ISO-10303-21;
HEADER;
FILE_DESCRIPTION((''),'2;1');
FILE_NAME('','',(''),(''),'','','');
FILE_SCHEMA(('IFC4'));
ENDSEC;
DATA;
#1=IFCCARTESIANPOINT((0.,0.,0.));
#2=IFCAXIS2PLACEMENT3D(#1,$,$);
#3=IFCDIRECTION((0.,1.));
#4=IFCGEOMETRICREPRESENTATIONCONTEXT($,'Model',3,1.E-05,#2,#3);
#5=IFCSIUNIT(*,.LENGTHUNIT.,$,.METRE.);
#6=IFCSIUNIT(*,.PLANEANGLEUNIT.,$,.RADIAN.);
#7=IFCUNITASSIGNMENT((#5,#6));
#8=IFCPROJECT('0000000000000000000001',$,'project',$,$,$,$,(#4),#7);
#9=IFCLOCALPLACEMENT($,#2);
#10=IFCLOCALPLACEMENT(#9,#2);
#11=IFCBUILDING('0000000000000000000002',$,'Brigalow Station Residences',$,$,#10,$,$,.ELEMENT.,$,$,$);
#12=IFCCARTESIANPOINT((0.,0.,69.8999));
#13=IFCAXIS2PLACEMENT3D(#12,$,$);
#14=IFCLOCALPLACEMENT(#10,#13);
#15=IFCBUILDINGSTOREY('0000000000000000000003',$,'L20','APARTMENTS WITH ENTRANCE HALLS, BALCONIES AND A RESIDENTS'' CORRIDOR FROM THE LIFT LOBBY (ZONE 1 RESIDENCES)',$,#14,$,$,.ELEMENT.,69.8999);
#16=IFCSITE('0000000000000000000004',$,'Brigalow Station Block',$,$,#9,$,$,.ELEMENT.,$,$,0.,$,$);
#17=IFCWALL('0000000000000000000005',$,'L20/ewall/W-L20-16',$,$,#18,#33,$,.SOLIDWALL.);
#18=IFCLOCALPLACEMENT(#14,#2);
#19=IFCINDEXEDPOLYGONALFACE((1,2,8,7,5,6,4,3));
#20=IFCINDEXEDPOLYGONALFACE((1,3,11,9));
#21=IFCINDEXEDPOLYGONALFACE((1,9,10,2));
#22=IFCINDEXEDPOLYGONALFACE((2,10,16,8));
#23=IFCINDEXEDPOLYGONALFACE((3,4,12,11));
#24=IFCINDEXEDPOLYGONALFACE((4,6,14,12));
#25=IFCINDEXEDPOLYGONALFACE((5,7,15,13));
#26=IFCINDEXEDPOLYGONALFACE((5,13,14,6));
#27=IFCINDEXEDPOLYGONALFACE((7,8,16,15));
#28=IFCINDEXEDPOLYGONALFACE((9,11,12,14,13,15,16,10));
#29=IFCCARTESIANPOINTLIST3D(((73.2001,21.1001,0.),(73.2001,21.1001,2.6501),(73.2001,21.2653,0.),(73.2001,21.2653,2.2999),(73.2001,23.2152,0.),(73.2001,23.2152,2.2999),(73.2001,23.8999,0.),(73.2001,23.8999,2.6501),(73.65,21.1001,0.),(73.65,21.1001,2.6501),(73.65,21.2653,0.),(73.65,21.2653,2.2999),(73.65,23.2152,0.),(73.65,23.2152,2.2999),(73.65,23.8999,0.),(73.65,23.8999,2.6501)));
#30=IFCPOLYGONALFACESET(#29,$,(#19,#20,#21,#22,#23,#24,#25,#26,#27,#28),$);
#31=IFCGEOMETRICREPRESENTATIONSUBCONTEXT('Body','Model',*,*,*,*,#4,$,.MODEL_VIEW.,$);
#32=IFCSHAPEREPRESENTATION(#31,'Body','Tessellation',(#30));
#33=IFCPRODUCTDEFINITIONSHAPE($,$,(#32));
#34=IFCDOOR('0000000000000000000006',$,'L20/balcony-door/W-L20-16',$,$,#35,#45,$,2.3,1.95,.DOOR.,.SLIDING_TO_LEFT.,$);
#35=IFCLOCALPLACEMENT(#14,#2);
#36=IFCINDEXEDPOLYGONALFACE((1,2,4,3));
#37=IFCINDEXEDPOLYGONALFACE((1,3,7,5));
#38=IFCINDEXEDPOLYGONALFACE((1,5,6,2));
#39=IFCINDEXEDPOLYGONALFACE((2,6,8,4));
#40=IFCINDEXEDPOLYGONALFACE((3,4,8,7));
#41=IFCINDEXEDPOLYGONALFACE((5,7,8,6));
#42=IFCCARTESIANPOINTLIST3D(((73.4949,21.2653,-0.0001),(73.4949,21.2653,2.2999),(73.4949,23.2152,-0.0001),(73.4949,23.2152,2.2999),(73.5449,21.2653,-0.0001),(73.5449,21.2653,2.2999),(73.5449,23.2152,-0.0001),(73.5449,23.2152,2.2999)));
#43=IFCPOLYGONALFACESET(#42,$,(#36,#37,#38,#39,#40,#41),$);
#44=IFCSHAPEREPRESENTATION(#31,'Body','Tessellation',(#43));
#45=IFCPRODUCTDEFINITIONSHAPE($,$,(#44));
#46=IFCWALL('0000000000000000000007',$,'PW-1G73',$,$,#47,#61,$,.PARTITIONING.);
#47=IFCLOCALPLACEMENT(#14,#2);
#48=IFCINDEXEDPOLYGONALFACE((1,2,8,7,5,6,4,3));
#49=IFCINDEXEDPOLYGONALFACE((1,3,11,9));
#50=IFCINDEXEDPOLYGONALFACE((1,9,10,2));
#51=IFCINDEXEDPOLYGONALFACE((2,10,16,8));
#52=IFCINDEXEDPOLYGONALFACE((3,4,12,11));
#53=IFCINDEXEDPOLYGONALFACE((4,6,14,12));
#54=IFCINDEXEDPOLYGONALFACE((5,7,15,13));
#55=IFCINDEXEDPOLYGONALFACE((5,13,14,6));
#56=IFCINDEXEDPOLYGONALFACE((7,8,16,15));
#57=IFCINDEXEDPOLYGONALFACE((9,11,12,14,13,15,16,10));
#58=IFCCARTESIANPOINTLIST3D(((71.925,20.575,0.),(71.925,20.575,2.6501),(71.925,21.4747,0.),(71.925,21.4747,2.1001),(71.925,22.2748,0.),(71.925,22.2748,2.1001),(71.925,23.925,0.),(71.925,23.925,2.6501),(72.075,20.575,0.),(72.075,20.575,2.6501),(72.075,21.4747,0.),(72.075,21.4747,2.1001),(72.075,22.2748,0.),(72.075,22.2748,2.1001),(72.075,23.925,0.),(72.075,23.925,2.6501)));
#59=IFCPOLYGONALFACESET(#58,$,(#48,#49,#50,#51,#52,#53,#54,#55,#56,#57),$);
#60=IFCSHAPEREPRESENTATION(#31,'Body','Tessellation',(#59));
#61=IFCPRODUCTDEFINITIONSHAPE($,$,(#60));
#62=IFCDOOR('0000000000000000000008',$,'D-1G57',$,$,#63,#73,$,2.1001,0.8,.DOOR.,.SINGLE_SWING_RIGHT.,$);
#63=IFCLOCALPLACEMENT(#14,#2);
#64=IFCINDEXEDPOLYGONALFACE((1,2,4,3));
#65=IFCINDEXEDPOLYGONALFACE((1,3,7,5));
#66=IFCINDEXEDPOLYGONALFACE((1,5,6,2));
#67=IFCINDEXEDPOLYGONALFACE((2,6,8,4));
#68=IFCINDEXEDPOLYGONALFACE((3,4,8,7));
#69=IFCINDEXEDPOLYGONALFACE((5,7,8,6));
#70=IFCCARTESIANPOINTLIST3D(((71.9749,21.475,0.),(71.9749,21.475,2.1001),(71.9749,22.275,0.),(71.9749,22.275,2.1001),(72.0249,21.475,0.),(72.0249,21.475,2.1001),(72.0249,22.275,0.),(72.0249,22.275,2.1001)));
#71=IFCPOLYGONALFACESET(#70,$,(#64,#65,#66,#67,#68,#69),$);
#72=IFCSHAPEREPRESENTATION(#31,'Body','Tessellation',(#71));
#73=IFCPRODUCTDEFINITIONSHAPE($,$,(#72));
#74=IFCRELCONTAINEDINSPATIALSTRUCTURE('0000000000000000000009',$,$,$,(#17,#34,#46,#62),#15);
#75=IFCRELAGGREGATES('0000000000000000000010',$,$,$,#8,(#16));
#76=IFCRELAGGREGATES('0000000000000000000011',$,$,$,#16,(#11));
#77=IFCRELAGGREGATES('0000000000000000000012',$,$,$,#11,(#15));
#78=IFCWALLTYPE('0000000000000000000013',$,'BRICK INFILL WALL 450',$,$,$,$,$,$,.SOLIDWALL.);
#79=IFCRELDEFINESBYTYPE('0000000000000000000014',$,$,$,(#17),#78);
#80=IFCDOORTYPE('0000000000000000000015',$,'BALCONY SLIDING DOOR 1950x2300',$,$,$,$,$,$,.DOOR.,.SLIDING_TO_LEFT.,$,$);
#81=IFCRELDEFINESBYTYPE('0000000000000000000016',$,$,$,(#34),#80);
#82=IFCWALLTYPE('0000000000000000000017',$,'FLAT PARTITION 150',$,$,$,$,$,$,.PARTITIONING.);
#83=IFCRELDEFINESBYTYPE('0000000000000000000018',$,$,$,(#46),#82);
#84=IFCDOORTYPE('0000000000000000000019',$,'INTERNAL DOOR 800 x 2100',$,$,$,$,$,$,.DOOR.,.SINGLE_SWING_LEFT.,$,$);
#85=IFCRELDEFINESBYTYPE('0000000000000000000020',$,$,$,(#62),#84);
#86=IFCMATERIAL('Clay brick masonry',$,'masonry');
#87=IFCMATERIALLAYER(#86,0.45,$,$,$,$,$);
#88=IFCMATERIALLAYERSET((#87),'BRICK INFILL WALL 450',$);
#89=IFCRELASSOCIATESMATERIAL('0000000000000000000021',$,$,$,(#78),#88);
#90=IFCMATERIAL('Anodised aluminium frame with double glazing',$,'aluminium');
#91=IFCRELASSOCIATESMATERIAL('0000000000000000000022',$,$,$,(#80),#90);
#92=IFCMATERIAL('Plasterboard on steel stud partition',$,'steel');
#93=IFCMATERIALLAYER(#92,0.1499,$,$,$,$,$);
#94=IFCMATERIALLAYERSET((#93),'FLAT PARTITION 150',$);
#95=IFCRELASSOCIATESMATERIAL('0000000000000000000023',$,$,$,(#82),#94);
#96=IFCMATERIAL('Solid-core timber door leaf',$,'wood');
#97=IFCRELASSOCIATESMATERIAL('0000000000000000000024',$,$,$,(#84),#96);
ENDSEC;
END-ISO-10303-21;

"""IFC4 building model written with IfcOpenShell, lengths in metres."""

from ifc_helpers import new_model, si_unit, direction, frame, frame_2d, origin, place, context, subcontext, project, spatial, rectangle, extrude, material, layer, layer_set, type_object, element, fill, save


model = new_model("IFC4")

# Units and contexts
model_context = context("Model", 3, precision=1e-05, world=origin(), true_north=direction((0.0, 1.0)))
body_context = subcontext(model_context, "Body", "Model", "MODEL_VIEW")
ifc_project = project(units=[si_unit("LENGTHUNIT", "METRE"), si_unit("PLANEANGLEUNIT", "RADIAN")], contexts=[model_context])

# Site, building, storey
site_placement = place(None, origin())
site = spatial("IfcSite", under=ifc_project, at=site_placement, Name="Brigalow Station Block", CompositionType="ELEMENT", RefElevation=0.0)
building_placement = place(site_placement, origin())
building = spatial("IfcBuilding", under=site, at=building_placement, Name="Brigalow Station Residences", CompositionType="ELEMENT")
storey_placement = place(building_placement, frame((0.0, 0.0, 69.8999)))
storey = spatial("IfcBuildingStorey", under=building, at=storey_placement, Name="L20", Description="APARTMENTS WITH ENTRANCE HALLS, BALCONIES AND A RESIDENTS' CORRIDOR FROM THE LIFT LOBBY (ZONE 1 RESIDENCES)", CompositionType="ELEMENT", Elevation=69.8999)

# Shared definitions
ifc_material_1 = material(Name="Clay brick masonry", Category="masonry")
ifc_layer_1 = layer(ifc_material_1, 0.45)
ifc_layer_set_1 = layer_set([ifc_layer_1], Name="BRICK INFILL WALL 450")
wall_type_1 = type_object("IfcWallType", Name="BRICK INFILL WALL 450", PredefinedType="SOLIDWALL", material=ifc_layer_set_1)

# Walls, openings, doors
wall_1_placement = place(storey_placement, frame((73.425, 21.1001, 0.0), z_axis=(0.0, 0.0, 1.0), x_axis=(0.0, 1.0, 0.0)))
wall_1 = element("IfcWall", 1, at=wall_1_placement, inside=storey, type_object=wall_type_1, Name="L20/ewall/W-L20-16", PredefinedType="SOLIDWALL", context=body_context, shape_type="SweptSolid", body=[
    extrude(rectangle(XDim=2.7998, YDim=0.45, at=frame_2d((1.3999, 0.0))), origin(), (0.0, 0.0, 1.0), 2.6501),
])
opening_1_placement = place(wall_1_placement, frame((0.165, 0.0, 0.0)))
opening_1 = element("IfcOpeningElement", 2, at=opening_1_placement, cuts=wall_1, PredefinedType="OPENING", context=body_context, shape_type="SweptSolid", body=[
    extrude(rectangle(XDim=1.95, YDim=2.3, at=frame_2d((0.9751, 1.1499))), frame((0.0, 0.2349, 0.0), z_axis=(0.0, -1.0, 0.0), x_axis=(1.0, 0.0, 0.0)), (0.0, 0.0, 1.0), 0.47),
])
ifc_material_2 = material(Name="Anodised aluminium frame with double glazing", Category="aluminium")
door_type_1 = type_object("IfcDoorType", Name="BALCONY SLIDING DOOR 1950x2300", OperationType="SLIDING_TO_LEFT", PredefinedType="DOOR", material=ifc_material_2)
door_1_placement = place(opening_1_placement, origin())
door_1 = element("IfcDoor", 3, at=door_1_placement, inside=storey, type_object=door_type_1, Name="L20/balcony-door/W-L20-16", OperationType="SLIDING_TO_LEFT", OverallHeight=2.3, OverallWidth=1.95, PredefinedType="DOOR", context=body_context, shape_type="SweptSolid", body=[
    extrude(rectangle(XDim=1.95, YDim=2.3, at=frame_2d((0.9751, 1.1499))), frame((0.0, -0.0698, 0.0), z_axis=(0.0, -1.0, 0.0), x_axis=(1.0, 0.0, 0.0)), (0.0, 0.0, 1.0), 0.05),
])
fill(opening_1, door_1)
ifc_material_3 = material(Name="Plasterboard on steel stud partition", Category="steel")
ifc_layer_2 = layer(ifc_material_3, 0.1499)
ifc_layer_set_2 = layer_set([ifc_layer_2], Name="FLAT PARTITION 150")
wall_type_2 = type_object("IfcWallType", Name="FLAT PARTITION 150", PredefinedType="PARTITIONING", material=ifc_layer_set_2)
wall_2_placement = place(storey_placement, frame((72.0, 20.575, 0.0), z_axis=(0.0, 0.0, 1.0), x_axis=(0.0, 1.0, 0.0)))
wall_2 = element("IfcWall", 4, at=wall_2_placement, inside=storey, type_object=wall_type_2, Name="PW-1G73", PredefinedType="PARTITIONING", context=body_context, shape_type="SweptSolid", body=[
    extrude(rectangle(XDim=3.3501, YDim=0.1499, at=frame_2d((1.675, 0.0))), origin(), (0.0, 0.0, 1.0), 2.6501),
])
opening_2_placement = place(wall_2_placement, frame((0.8999, 0.0, 0.0)))
opening_2 = element("IfcOpeningElement", 5, at=opening_2_placement, cuts=wall_2, PredefinedType="OPENING", context=body_context, shape_type="SweptSolid", body=[
    extrude(rectangle(XDim=0.8, YDim=2.1001, at=frame_2d((0.3999, 1.05))), frame((0.0, 0.085, 0.0), z_axis=(0.0, -1.0, 0.0), x_axis=(1.0, 0.0, 0.0)), (0.0, 0.0, 1.0), 0.1699),
])
ifc_material_4 = material(Name="Solid-core timber door leaf", Category="wood")
door_type_2 = type_object("IfcDoorType", Name="INTERNAL DOOR 800 x 2100", OperationType="SINGLE_SWING_LEFT", PredefinedType="DOOR", material=ifc_material_4)
door_2_placement = place(opening_2_placement, frame((0.8, 0.0, 0.0), z_axis=(0.0, 0.0, 1.0), x_axis=(-1.0, 0.0, 0.0)))
door_2 = element("IfcDoor", 6, at=door_2_placement, inside=storey, type_object=door_type_2, Name="D-1G57", OperationType="SINGLE_SWING_RIGHT", OverallHeight=2.1001, OverallWidth=0.8, PredefinedType="DOOR", context=body_context, shape_type="SweptSolid", body=[
    extrude(rectangle(XDim=0.8, YDim=2.1001, at=frame_2d((0.3999, 1.05))), frame((0.0, 0.0249, 0.0), z_axis=(0.0, -1.0, 0.0), x_axis=(1.0, 0.0, 0.0)), (0.0, 0.0, 1.0), 0.05),
])
fill(opening_2, door_2)

save(model, "model.ifc")
